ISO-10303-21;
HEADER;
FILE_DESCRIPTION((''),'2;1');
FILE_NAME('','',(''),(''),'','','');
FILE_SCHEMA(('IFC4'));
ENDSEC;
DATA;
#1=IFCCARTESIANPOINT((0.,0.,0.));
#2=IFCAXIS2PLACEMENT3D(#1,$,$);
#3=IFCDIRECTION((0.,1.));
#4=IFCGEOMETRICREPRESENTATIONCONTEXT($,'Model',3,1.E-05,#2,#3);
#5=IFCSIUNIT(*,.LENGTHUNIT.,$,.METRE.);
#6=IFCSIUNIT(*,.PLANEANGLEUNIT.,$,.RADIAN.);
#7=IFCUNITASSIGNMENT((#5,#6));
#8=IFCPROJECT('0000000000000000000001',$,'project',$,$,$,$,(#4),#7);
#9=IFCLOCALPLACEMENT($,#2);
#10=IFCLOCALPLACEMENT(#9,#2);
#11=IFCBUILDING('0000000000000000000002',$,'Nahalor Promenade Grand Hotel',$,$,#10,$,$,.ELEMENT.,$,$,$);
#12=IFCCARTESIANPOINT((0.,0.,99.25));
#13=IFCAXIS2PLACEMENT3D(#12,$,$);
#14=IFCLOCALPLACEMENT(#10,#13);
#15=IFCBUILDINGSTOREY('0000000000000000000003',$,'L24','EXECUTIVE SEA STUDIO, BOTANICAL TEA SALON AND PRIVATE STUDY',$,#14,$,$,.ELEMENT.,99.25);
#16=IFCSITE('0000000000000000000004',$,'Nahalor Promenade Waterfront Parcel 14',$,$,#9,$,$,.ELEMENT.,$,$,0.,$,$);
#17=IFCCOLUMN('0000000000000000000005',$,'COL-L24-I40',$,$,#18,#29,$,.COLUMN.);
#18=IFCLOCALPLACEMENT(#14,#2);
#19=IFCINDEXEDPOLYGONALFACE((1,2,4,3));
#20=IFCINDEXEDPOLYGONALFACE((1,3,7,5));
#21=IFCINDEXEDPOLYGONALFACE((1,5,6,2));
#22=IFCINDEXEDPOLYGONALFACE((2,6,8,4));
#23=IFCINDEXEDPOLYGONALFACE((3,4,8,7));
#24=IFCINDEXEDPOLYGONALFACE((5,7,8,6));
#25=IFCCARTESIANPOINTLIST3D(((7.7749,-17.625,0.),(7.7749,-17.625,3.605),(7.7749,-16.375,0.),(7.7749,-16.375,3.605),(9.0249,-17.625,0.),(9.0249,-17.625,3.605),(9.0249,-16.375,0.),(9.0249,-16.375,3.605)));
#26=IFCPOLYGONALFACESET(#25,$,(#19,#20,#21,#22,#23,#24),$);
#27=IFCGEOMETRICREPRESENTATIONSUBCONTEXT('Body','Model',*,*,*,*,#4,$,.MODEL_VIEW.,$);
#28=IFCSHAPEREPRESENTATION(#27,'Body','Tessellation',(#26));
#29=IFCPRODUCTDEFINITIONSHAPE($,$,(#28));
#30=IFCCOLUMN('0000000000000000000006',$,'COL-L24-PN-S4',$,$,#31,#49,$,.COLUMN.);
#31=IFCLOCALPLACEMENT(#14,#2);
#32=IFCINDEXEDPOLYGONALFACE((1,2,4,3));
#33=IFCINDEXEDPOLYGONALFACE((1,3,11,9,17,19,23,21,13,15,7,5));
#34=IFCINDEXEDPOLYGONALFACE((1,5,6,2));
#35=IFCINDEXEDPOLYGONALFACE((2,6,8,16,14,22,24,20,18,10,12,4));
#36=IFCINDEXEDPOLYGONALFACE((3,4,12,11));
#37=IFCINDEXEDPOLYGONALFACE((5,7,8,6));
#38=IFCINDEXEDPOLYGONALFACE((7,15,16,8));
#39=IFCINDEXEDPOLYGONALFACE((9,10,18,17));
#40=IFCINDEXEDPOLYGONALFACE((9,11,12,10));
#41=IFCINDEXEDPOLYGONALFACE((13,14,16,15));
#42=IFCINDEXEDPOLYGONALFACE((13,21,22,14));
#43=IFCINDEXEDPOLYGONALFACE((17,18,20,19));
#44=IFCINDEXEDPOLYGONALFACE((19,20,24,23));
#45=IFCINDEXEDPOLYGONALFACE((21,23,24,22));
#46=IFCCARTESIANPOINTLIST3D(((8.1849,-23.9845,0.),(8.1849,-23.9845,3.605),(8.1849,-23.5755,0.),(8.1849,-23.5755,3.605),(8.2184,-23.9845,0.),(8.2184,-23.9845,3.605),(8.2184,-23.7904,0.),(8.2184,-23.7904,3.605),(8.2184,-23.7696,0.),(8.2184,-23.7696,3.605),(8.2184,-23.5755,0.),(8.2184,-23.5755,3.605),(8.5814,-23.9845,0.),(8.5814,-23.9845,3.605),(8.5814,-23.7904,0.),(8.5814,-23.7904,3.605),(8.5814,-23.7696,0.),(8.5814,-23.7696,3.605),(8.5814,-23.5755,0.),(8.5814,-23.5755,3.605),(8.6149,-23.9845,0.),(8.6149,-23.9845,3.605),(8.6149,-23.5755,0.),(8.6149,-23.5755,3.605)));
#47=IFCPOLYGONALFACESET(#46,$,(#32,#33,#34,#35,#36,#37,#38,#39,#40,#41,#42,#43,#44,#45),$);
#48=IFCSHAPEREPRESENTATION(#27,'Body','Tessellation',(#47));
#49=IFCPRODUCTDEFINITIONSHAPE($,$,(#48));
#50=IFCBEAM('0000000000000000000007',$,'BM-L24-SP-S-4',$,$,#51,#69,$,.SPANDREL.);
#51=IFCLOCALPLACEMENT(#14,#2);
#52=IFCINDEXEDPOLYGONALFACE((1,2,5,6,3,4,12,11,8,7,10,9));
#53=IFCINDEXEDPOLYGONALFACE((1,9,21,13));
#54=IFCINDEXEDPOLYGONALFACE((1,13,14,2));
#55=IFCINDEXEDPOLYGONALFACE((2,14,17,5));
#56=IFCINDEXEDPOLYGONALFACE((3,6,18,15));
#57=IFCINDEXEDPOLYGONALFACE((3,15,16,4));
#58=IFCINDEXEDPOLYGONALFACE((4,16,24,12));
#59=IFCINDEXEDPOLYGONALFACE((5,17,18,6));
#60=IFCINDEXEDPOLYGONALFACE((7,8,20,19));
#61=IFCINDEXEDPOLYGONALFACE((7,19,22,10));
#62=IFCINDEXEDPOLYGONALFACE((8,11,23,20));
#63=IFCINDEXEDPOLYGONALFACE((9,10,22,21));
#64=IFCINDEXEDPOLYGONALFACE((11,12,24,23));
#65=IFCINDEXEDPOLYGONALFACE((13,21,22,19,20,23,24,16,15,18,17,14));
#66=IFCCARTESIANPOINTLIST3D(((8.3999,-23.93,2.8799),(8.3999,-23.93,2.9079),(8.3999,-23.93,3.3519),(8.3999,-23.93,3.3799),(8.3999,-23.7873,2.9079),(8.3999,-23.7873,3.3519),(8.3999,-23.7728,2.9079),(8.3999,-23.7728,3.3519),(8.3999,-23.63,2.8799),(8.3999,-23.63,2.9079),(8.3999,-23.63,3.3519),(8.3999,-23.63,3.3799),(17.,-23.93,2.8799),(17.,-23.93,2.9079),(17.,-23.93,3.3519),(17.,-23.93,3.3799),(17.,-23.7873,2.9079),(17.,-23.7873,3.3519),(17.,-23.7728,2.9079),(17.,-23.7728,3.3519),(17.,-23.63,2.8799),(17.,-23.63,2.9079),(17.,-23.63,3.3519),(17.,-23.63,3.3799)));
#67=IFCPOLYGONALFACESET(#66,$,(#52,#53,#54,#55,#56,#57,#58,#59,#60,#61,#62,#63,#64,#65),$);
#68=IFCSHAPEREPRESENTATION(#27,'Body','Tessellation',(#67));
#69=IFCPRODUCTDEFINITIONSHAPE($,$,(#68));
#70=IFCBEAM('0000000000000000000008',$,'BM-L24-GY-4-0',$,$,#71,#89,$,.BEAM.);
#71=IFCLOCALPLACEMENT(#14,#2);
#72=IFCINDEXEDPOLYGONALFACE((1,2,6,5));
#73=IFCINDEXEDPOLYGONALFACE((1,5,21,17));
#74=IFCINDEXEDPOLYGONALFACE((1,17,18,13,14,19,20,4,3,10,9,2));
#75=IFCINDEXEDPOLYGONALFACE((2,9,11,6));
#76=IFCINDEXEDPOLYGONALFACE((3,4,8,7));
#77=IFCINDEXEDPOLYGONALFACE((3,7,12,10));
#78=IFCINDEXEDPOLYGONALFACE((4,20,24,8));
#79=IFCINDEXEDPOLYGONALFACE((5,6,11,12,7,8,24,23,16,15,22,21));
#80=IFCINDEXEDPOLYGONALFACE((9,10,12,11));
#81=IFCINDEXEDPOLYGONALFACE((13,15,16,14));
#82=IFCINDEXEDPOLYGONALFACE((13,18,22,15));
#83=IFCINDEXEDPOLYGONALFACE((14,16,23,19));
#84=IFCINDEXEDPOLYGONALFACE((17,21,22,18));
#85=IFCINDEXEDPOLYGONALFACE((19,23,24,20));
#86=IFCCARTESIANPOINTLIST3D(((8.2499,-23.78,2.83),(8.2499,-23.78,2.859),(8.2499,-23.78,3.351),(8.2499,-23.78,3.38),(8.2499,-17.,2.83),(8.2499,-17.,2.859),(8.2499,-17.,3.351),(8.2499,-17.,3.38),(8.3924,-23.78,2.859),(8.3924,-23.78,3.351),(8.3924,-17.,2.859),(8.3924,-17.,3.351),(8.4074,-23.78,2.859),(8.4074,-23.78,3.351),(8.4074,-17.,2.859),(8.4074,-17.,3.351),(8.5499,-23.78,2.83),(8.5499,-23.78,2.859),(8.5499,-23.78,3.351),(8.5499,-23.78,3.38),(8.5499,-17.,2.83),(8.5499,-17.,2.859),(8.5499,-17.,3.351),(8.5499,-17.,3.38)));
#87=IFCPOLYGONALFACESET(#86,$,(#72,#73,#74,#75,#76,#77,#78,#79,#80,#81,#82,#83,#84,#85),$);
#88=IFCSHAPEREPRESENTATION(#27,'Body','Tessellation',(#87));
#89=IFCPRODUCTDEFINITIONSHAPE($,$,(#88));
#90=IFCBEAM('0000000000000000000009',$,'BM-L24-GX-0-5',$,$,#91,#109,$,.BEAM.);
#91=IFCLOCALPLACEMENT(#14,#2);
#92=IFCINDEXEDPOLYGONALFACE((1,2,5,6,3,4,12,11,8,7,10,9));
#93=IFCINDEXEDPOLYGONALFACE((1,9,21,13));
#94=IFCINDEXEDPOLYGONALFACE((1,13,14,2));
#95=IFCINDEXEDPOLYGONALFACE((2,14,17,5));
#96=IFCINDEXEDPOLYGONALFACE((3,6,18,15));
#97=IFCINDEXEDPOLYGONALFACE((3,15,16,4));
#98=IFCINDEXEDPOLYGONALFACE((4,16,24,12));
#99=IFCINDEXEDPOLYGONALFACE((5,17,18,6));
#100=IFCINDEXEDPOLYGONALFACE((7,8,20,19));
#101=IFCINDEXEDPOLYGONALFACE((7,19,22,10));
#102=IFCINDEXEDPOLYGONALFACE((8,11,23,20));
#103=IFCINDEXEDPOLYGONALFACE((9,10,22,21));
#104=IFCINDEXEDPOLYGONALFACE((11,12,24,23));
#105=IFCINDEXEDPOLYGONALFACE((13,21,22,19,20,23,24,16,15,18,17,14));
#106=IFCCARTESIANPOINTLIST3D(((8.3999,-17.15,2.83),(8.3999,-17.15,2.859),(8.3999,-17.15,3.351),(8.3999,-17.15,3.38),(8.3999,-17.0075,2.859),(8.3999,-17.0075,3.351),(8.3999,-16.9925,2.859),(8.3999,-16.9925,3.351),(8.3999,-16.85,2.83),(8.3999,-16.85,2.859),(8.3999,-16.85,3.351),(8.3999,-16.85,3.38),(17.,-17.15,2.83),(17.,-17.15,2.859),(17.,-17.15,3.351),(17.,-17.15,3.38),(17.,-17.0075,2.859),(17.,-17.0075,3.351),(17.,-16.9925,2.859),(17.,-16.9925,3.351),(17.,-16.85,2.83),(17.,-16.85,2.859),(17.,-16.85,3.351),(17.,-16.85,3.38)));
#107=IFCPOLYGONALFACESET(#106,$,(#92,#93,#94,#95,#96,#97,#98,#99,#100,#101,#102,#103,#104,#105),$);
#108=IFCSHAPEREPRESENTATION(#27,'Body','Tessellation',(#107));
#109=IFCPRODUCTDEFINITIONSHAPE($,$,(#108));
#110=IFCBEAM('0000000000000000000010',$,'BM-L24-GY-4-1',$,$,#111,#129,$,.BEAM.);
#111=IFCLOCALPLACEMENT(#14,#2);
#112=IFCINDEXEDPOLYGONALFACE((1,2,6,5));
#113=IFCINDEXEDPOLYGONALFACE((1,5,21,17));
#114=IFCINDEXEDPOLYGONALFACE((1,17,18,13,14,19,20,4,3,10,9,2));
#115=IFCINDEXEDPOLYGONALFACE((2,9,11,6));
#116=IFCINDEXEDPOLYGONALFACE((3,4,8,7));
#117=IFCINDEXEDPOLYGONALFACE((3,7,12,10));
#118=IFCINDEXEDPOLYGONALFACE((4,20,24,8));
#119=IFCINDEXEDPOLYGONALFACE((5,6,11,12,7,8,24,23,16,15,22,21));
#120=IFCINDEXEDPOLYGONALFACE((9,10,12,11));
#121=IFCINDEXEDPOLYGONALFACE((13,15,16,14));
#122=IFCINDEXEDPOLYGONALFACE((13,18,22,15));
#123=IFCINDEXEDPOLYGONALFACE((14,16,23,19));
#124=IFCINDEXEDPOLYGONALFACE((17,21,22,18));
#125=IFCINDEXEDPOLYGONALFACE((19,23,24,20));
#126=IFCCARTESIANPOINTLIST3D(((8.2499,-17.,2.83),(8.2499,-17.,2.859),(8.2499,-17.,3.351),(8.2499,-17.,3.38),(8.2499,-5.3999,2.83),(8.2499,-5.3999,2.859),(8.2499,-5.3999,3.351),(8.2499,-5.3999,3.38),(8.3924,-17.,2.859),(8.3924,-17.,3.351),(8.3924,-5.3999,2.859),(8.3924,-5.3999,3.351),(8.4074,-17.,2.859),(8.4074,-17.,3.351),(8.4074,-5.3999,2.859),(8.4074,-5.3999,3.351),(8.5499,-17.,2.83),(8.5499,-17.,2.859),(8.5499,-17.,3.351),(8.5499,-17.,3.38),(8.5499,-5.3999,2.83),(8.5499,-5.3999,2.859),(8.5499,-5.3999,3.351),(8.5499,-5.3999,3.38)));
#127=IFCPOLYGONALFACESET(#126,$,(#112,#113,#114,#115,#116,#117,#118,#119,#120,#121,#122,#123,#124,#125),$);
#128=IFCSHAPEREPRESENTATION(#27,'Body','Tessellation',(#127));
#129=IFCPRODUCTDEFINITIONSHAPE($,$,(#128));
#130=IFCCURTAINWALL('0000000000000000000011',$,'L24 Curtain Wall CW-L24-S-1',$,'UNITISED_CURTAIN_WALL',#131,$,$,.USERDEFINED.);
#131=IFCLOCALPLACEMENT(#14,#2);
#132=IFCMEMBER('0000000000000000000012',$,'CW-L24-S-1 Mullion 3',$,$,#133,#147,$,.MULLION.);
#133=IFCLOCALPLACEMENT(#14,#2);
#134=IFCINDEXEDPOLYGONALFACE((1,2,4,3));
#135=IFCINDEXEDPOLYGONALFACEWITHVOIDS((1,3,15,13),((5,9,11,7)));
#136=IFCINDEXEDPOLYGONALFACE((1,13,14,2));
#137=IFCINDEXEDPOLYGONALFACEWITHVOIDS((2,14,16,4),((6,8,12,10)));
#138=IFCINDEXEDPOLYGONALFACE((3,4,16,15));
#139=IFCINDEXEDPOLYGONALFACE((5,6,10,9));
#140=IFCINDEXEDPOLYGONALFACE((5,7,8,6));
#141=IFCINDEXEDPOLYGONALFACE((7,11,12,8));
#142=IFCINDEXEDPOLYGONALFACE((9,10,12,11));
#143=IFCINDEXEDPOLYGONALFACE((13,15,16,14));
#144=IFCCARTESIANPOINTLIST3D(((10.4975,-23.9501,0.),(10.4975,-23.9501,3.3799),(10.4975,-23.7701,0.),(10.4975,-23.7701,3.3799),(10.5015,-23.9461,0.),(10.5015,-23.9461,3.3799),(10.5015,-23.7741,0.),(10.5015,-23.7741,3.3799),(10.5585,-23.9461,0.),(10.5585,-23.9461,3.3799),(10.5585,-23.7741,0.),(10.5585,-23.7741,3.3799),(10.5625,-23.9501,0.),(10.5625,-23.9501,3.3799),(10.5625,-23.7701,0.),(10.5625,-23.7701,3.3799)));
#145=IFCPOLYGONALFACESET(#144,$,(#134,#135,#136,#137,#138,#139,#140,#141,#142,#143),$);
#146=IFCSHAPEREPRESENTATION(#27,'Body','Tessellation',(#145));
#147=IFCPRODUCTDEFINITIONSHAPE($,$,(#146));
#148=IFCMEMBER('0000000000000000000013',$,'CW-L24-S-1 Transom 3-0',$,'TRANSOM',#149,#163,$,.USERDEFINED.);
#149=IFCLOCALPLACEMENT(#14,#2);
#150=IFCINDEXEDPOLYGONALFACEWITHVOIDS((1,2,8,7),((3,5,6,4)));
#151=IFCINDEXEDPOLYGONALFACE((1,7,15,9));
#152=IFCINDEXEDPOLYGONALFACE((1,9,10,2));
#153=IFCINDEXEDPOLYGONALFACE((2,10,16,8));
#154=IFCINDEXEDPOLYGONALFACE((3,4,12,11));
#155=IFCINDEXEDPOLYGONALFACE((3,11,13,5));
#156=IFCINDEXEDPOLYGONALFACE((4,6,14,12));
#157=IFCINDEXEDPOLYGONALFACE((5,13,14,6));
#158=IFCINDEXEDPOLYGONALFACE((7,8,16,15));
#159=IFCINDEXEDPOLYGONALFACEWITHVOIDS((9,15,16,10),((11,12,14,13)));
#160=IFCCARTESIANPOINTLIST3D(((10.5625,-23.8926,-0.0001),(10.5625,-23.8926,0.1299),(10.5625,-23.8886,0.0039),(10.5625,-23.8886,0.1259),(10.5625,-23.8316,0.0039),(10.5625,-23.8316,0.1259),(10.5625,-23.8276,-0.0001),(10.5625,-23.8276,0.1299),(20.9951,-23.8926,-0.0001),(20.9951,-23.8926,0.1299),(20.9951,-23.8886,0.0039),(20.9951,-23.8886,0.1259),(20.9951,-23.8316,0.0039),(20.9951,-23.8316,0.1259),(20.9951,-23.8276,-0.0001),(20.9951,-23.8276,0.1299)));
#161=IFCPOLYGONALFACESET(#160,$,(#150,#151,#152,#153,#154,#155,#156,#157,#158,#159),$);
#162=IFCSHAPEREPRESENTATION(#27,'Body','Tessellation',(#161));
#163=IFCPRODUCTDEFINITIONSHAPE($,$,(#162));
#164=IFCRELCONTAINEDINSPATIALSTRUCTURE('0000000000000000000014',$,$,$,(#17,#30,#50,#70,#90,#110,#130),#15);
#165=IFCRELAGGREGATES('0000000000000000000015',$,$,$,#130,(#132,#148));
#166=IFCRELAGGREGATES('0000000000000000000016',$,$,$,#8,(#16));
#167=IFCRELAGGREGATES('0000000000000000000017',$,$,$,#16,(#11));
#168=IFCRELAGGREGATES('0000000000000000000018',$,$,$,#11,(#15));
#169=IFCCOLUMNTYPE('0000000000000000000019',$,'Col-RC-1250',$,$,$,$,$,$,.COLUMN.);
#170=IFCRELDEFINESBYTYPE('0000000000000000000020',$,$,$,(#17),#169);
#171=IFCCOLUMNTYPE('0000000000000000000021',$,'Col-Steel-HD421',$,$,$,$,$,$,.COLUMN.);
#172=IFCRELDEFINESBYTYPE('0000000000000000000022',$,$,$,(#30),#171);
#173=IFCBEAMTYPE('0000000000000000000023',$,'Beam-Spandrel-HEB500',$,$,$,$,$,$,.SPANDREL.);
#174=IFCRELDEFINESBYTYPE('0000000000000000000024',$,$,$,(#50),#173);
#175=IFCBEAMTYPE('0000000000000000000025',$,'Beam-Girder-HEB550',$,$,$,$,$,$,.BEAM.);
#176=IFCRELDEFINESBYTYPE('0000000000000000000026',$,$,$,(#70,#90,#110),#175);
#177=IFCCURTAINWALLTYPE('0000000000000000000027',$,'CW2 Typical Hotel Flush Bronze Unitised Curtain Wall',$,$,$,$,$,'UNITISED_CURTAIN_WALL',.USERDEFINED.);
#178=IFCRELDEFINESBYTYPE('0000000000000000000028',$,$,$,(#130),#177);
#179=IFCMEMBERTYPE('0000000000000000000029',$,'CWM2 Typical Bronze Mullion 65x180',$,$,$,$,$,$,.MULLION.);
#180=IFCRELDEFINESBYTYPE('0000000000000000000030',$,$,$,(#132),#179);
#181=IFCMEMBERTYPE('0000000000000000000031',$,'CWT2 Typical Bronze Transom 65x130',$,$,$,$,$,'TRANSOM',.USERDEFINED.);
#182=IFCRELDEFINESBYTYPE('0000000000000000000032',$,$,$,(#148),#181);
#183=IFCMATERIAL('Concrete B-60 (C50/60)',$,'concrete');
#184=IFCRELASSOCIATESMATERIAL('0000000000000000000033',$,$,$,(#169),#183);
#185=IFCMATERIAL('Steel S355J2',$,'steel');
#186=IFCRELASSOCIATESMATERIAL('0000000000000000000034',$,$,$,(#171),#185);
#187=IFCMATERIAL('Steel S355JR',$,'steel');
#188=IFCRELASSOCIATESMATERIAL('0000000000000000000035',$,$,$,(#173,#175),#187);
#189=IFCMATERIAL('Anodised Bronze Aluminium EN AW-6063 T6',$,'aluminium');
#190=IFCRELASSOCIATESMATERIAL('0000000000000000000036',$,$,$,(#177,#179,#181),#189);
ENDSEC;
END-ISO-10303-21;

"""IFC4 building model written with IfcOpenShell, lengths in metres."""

from ifc_helpers import new_model, si_unit, direction, frame, origin, origin_2d, place, context, subcontext, project, spatial, rectangle, hollow_rectangle, i_section, extrude, source, transform, mapped, material, material_profile, profile_set, type_object, element, aggregate, save


model = new_model("IFC4")

# Units and contexts
model_context = context("Model", 3, precision=1e-05, world=origin(), true_north=direction((0.0, 1.0)))
body_context = subcontext(model_context, "Body", "Model", "MODEL_VIEW")
ifc_project = project(units=[si_unit("LENGTHUNIT", "METRE"), si_unit("PLANEANGLEUNIT", "RADIAN")], contexts=[model_context])

# Site, building, storey
site_placement = place(None, origin())
site = spatial("IfcSite", under=ifc_project, at=site_placement, Name="Nahalor Promenade Waterfront Parcel 14", CompositionType="ELEMENT", RefElevation=0.0)
building_placement = place(site_placement, origin())
building = spatial("IfcBuilding", under=site, at=building_placement, Name="Nahalor Promenade Grand Hotel", CompositionType="ELEMENT")
storey_placement = place(building_placement, frame((0.0, 0.0, 99.25)))
storey = spatial("IfcBuildingStorey", under=building, at=storey_placement, Name="L24", Description="EXECUTIVE SEA STUDIO, BOTANICAL TEA SALON AND PRIVATE STUDY", CompositionType="ELEMENT", Elevation=99.25)

# Columns
ifc_material_1 = material(Name="Concrete B-60 (C50/60)", Category="concrete")
ifc_material_profile_1 = material_profile(ifc_material_1, rectangle(XDim=1.25, YDim=1.25, at=origin_2d()), Name="RC 1250x1250")
ifc_profile_set_1 = profile_set([ifc_material_profile_1], Name="Concrete B-60 (C50/60)")
column_type_1 = type_object("IfcColumnType", Name="Col-RC-1250", PredefinedType="COLUMN", material=ifc_profile_set_1)
shared_shape_1 = source(origin(), body_context, "Body", "SweptSolid", [
    extrude(rectangle(XDim=1.25, YDim=1.25, at=origin_2d()), origin(), (0.0, 0.0, 1.0), 3.605),
])
column_1_placement = place(storey_placement, frame((8.3999, -17.0, 0.0), z_axis=(0.0, 0.0, 1.0), x_axis=(1.0, 0.0, 0.0)))
element("IfcColumn", 1, at=column_1_placement, inside=storey, type_object=column_type_1, Name="COL-L24-I40", PredefinedType="COLUMN", context=body_context, shape_type="MappedRepresentation", body=[
    mapped(shared_shape_1, transform((0.0, 0.0, 0.0), scale=1.0)),
])
ifc_material_2 = material(Name="Steel S355J2", Category="steel")
ifc_material_profile_2 = material_profile(ifc_material_2, i_section(OverallWidth=0.409, OverallDepth=0.43, WebThickness=0.0208, FlangeThickness=0.0335, at=origin_2d()), Name="HD 400x421")
ifc_profile_set_2 = profile_set([ifc_material_profile_2], Name="Steel S355J2")
column_type_2 = type_object("IfcColumnType", Name="Col-Steel-HD421", PredefinedType="COLUMN", material=ifc_profile_set_2)
shared_shape_2 = source(origin(), body_context, "Body", "SweptSolid", [
    extrude(i_section(OverallWidth=0.409, OverallDepth=0.43, WebThickness=0.0208, FlangeThickness=0.0335, at=origin_2d()), origin(), (0.0, 0.0, 1.0), 3.605),
])
column_2_placement = place(storey_placement, frame((8.3999, -23.78, 0.0), z_axis=(0.0, 0.0, 1.0), x_axis=(0.0, 1.0, 0.0)))
element("IfcColumn", 2, at=column_2_placement, inside=storey, type_object=column_type_2, Name="COL-L24-PN-S4", PredefinedType="COLUMN", context=body_context, shape_type="MappedRepresentation", body=[
    mapped(shared_shape_2, transform((0.0, 0.0, 0.0), scale=1.0)),
])

# Beams
ifc_material_3 = material(Name="Steel S355JR", Category="steel")
ifc_material_profile_3 = material_profile(ifc_material_3, i_section(OverallWidth=0.3, OverallDepth=0.5, WebThickness=0.0145, FlangeThickness=0.028, at=origin_2d()), Name="HEB 500")
ifc_profile_set_3 = profile_set([ifc_material_profile_3], Name="Steel S355JR")
beam_type_1 = type_object("IfcBeamType", Name="Beam-Spandrel-HEB500", PredefinedType="SPANDREL", material=ifc_profile_set_3)
shared_shape_3 = source(origin(), body_context, "Body", "SweptSolid", [
    extrude(i_section(OverallWidth=0.3, OverallDepth=0.5, WebThickness=0.0145, FlangeThickness=0.028, at=origin_2d()), origin(), (0.0, 0.0, 1.0), 8.6001),
])
beam_1_placement = place(storey_placement, frame((8.3999, -23.78, 3.1299), z_axis=(1.0, 0.0, 0.0), x_axis=(0.0, 1.0, 0.0)))
element("IfcBeam", 3, at=beam_1_placement, inside=storey, type_object=beam_type_1, Name="BM-L24-SP-S-4", PredefinedType="SPANDREL", context=body_context, shape_type="MappedRepresentation", body=[
    mapped(shared_shape_3, transform((0.0, 0.0, 0.0), scale=1.0)),
])
ifc_material_profile_4 = material_profile(ifc_material_3, i_section(OverallWidth=0.3, OverallDepth=0.55, WebThickness=0.015, FlangeThickness=0.029, at=origin_2d()), Name="HEB 550")
ifc_profile_set_4 = profile_set([ifc_material_profile_4], Name="Steel S355JR")
beam_type_2 = type_object("IfcBeamType", Name="Beam-Girder-HEB550", PredefinedType="BEAM", material=ifc_profile_set_4)
shared_shape_4 = source(origin(), body_context, "Body", "SweptSolid", [
    extrude(i_section(OverallWidth=0.3, OverallDepth=0.55, WebThickness=0.015, FlangeThickness=0.029, at=origin_2d()), origin(), (0.0, 0.0, 1.0), 6.78),
])
beam_2_placement = place(storey_placement, frame((8.3999, -23.78, 3.105), z_axis=(0.0, 1.0, 0.0), x_axis=(-1.0, 0.0, 0.0)))
element("IfcBeam", 4, at=beam_2_placement, inside=storey, type_object=beam_type_2, Name="BM-L24-GY-4-0", PredefinedType="BEAM", context=body_context, shape_type="MappedRepresentation", body=[
    mapped(shared_shape_4, transform((0.0, 0.0, 0.0), scale=1.0)),
])
shared_shape_5 = source(origin(), body_context, "Body", "SweptSolid", [
    extrude(i_section(OverallWidth=0.3, OverallDepth=0.55, WebThickness=0.015, FlangeThickness=0.029, at=origin_2d()), origin(), (0.0, 0.0, 1.0), 8.6001),
])
beam_3_placement = place(storey_placement, frame((8.3999, -17.0, 3.105), z_axis=(1.0, 0.0, 0.0), x_axis=(0.0, 1.0, 0.0)))
element("IfcBeam", 5, at=beam_3_placement, inside=storey, type_object=beam_type_2, Name="BM-L24-GX-0-5", PredefinedType="BEAM", context=body_context, shape_type="MappedRepresentation", body=[
    mapped(shared_shape_5, transform((0.0, 0.0, 0.0), scale=1.0)),
])
shared_shape_6 = source(origin(), body_context, "Body", "SweptSolid", [
    extrude(i_section(OverallWidth=0.3, OverallDepth=0.55, WebThickness=0.015, FlangeThickness=0.029, at=origin_2d()), origin(), (0.0, 0.0, 1.0), 11.6001),
])
beam_4_placement = place(storey_placement, frame((8.3999, -17.0, 3.105), z_axis=(0.0, 1.0, 0.0), x_axis=(-1.0, 0.0, 0.0)))
element("IfcBeam", 6, at=beam_4_placement, inside=storey, type_object=beam_type_2, Name="BM-L24-GY-4-1", PredefinedType="BEAM", context=body_context, shape_type="MappedRepresentation", body=[
    mapped(shared_shape_6, transform((0.0, 0.0, 0.0), scale=1.0)),
])

# Curtain wall, members
ifc_material_4 = material(Name="Anodised Bronze Aluminium EN AW-6063 T6", Category="aluminium")
curtain_wall_type = type_object("IfcCurtainWallType", Name="CW2 Typical Hotel Flush Bronze Unitised Curtain Wall", ElementType="UNITISED_CURTAIN_WALL", PredefinedType="USERDEFINED", material=ifc_material_4)
curtain_wall_placement = place(storey_placement, origin())
curtain_wall = element("IfcCurtainWall", 7, at=curtain_wall_placement, inside=storey, type_object=curtain_wall_type, Name="L24 Curtain Wall CW-L24-S-1", ObjectType="UNITISED_CURTAIN_WALL", PredefinedType="USERDEFINED")
ifc_material_profile_5 = material_profile(ifc_material_4, hollow_rectangle(XDim=0.065, YDim=0.18, WallThickness=0.004, at=origin_2d()), Name="CWM 65x180x4")
ifc_profile_set_5 = profile_set([ifc_material_profile_5], Name="Anodised Bronze Aluminium EN AW-6063 T6")
member_type_1 = type_object("IfcMemberType", Name="CWM2 Typical Bronze Mullion 65x180", PredefinedType="MULLION", material=ifc_profile_set_5)
shared_shape_7 = source(origin(), body_context, "Body", "SweptSolid", [
    extrude(hollow_rectangle(XDim=0.065, YDim=0.18, WallThickness=0.004, at=origin_2d()), origin(), (0.0, 0.0, 1.0), 3.3799),
])
member_1_placement = place(storey_placement, frame((10.53, -23.8601, 0.0), z_axis=(0.0, 0.0, 1.0), x_axis=(1.0, 0.0, 0.0)))
member_1 = element("IfcMember", 8, at=member_1_placement, type_object=member_type_1, Name="CW-L24-S-1 Mullion 3", PredefinedType="MULLION", context=body_context, shape_type="MappedRepresentation", body=[
    mapped(shared_shape_7, transform((0.0, 0.0, 0.0), scale=1.0)),
])
ifc_material_profile_6 = material_profile(ifc_material_4, hollow_rectangle(XDim=0.065, YDim=0.13, WallThickness=0.004, at=origin_2d()), Name="CWT 65x130x4")
ifc_profile_set_6 = profile_set([ifc_material_profile_6], Name="Anodised Bronze Aluminium EN AW-6063 T6")
member_type_2 = type_object("IfcMemberType", Name="CWT2 Typical Bronze Transom 65x130", ElementType="TRANSOM", PredefinedType="USERDEFINED", material=ifc_profile_set_6)
shared_shape_8 = source(origin(), body_context, "Body", "SweptSolid", [
    extrude(hollow_rectangle(XDim=0.065, YDim=0.13, WallThickness=0.004, at=origin_2d()), origin(), (0.0, 0.0, 1.0), 10.4326),
])
member_2_placement = place(storey_placement, frame((10.5625, -23.8601, 0.0649), z_axis=(1.0, 0.0, 0.0), x_axis=(0.0, 1.0, 0.0)))
member_2 = element("IfcMember", 9, at=member_2_placement, type_object=member_type_2, Name="CW-L24-S-1 Transom 3-0", ObjectType="TRANSOM", PredefinedType="USERDEFINED", context=body_context, shape_type="MappedRepresentation", body=[
    mapped(shared_shape_8, transform((0.0, 0.0, 0.0), scale=1.0)),
])
aggregate(curtain_wall, [member_1, member_2])

save(model, "model.ifc")
